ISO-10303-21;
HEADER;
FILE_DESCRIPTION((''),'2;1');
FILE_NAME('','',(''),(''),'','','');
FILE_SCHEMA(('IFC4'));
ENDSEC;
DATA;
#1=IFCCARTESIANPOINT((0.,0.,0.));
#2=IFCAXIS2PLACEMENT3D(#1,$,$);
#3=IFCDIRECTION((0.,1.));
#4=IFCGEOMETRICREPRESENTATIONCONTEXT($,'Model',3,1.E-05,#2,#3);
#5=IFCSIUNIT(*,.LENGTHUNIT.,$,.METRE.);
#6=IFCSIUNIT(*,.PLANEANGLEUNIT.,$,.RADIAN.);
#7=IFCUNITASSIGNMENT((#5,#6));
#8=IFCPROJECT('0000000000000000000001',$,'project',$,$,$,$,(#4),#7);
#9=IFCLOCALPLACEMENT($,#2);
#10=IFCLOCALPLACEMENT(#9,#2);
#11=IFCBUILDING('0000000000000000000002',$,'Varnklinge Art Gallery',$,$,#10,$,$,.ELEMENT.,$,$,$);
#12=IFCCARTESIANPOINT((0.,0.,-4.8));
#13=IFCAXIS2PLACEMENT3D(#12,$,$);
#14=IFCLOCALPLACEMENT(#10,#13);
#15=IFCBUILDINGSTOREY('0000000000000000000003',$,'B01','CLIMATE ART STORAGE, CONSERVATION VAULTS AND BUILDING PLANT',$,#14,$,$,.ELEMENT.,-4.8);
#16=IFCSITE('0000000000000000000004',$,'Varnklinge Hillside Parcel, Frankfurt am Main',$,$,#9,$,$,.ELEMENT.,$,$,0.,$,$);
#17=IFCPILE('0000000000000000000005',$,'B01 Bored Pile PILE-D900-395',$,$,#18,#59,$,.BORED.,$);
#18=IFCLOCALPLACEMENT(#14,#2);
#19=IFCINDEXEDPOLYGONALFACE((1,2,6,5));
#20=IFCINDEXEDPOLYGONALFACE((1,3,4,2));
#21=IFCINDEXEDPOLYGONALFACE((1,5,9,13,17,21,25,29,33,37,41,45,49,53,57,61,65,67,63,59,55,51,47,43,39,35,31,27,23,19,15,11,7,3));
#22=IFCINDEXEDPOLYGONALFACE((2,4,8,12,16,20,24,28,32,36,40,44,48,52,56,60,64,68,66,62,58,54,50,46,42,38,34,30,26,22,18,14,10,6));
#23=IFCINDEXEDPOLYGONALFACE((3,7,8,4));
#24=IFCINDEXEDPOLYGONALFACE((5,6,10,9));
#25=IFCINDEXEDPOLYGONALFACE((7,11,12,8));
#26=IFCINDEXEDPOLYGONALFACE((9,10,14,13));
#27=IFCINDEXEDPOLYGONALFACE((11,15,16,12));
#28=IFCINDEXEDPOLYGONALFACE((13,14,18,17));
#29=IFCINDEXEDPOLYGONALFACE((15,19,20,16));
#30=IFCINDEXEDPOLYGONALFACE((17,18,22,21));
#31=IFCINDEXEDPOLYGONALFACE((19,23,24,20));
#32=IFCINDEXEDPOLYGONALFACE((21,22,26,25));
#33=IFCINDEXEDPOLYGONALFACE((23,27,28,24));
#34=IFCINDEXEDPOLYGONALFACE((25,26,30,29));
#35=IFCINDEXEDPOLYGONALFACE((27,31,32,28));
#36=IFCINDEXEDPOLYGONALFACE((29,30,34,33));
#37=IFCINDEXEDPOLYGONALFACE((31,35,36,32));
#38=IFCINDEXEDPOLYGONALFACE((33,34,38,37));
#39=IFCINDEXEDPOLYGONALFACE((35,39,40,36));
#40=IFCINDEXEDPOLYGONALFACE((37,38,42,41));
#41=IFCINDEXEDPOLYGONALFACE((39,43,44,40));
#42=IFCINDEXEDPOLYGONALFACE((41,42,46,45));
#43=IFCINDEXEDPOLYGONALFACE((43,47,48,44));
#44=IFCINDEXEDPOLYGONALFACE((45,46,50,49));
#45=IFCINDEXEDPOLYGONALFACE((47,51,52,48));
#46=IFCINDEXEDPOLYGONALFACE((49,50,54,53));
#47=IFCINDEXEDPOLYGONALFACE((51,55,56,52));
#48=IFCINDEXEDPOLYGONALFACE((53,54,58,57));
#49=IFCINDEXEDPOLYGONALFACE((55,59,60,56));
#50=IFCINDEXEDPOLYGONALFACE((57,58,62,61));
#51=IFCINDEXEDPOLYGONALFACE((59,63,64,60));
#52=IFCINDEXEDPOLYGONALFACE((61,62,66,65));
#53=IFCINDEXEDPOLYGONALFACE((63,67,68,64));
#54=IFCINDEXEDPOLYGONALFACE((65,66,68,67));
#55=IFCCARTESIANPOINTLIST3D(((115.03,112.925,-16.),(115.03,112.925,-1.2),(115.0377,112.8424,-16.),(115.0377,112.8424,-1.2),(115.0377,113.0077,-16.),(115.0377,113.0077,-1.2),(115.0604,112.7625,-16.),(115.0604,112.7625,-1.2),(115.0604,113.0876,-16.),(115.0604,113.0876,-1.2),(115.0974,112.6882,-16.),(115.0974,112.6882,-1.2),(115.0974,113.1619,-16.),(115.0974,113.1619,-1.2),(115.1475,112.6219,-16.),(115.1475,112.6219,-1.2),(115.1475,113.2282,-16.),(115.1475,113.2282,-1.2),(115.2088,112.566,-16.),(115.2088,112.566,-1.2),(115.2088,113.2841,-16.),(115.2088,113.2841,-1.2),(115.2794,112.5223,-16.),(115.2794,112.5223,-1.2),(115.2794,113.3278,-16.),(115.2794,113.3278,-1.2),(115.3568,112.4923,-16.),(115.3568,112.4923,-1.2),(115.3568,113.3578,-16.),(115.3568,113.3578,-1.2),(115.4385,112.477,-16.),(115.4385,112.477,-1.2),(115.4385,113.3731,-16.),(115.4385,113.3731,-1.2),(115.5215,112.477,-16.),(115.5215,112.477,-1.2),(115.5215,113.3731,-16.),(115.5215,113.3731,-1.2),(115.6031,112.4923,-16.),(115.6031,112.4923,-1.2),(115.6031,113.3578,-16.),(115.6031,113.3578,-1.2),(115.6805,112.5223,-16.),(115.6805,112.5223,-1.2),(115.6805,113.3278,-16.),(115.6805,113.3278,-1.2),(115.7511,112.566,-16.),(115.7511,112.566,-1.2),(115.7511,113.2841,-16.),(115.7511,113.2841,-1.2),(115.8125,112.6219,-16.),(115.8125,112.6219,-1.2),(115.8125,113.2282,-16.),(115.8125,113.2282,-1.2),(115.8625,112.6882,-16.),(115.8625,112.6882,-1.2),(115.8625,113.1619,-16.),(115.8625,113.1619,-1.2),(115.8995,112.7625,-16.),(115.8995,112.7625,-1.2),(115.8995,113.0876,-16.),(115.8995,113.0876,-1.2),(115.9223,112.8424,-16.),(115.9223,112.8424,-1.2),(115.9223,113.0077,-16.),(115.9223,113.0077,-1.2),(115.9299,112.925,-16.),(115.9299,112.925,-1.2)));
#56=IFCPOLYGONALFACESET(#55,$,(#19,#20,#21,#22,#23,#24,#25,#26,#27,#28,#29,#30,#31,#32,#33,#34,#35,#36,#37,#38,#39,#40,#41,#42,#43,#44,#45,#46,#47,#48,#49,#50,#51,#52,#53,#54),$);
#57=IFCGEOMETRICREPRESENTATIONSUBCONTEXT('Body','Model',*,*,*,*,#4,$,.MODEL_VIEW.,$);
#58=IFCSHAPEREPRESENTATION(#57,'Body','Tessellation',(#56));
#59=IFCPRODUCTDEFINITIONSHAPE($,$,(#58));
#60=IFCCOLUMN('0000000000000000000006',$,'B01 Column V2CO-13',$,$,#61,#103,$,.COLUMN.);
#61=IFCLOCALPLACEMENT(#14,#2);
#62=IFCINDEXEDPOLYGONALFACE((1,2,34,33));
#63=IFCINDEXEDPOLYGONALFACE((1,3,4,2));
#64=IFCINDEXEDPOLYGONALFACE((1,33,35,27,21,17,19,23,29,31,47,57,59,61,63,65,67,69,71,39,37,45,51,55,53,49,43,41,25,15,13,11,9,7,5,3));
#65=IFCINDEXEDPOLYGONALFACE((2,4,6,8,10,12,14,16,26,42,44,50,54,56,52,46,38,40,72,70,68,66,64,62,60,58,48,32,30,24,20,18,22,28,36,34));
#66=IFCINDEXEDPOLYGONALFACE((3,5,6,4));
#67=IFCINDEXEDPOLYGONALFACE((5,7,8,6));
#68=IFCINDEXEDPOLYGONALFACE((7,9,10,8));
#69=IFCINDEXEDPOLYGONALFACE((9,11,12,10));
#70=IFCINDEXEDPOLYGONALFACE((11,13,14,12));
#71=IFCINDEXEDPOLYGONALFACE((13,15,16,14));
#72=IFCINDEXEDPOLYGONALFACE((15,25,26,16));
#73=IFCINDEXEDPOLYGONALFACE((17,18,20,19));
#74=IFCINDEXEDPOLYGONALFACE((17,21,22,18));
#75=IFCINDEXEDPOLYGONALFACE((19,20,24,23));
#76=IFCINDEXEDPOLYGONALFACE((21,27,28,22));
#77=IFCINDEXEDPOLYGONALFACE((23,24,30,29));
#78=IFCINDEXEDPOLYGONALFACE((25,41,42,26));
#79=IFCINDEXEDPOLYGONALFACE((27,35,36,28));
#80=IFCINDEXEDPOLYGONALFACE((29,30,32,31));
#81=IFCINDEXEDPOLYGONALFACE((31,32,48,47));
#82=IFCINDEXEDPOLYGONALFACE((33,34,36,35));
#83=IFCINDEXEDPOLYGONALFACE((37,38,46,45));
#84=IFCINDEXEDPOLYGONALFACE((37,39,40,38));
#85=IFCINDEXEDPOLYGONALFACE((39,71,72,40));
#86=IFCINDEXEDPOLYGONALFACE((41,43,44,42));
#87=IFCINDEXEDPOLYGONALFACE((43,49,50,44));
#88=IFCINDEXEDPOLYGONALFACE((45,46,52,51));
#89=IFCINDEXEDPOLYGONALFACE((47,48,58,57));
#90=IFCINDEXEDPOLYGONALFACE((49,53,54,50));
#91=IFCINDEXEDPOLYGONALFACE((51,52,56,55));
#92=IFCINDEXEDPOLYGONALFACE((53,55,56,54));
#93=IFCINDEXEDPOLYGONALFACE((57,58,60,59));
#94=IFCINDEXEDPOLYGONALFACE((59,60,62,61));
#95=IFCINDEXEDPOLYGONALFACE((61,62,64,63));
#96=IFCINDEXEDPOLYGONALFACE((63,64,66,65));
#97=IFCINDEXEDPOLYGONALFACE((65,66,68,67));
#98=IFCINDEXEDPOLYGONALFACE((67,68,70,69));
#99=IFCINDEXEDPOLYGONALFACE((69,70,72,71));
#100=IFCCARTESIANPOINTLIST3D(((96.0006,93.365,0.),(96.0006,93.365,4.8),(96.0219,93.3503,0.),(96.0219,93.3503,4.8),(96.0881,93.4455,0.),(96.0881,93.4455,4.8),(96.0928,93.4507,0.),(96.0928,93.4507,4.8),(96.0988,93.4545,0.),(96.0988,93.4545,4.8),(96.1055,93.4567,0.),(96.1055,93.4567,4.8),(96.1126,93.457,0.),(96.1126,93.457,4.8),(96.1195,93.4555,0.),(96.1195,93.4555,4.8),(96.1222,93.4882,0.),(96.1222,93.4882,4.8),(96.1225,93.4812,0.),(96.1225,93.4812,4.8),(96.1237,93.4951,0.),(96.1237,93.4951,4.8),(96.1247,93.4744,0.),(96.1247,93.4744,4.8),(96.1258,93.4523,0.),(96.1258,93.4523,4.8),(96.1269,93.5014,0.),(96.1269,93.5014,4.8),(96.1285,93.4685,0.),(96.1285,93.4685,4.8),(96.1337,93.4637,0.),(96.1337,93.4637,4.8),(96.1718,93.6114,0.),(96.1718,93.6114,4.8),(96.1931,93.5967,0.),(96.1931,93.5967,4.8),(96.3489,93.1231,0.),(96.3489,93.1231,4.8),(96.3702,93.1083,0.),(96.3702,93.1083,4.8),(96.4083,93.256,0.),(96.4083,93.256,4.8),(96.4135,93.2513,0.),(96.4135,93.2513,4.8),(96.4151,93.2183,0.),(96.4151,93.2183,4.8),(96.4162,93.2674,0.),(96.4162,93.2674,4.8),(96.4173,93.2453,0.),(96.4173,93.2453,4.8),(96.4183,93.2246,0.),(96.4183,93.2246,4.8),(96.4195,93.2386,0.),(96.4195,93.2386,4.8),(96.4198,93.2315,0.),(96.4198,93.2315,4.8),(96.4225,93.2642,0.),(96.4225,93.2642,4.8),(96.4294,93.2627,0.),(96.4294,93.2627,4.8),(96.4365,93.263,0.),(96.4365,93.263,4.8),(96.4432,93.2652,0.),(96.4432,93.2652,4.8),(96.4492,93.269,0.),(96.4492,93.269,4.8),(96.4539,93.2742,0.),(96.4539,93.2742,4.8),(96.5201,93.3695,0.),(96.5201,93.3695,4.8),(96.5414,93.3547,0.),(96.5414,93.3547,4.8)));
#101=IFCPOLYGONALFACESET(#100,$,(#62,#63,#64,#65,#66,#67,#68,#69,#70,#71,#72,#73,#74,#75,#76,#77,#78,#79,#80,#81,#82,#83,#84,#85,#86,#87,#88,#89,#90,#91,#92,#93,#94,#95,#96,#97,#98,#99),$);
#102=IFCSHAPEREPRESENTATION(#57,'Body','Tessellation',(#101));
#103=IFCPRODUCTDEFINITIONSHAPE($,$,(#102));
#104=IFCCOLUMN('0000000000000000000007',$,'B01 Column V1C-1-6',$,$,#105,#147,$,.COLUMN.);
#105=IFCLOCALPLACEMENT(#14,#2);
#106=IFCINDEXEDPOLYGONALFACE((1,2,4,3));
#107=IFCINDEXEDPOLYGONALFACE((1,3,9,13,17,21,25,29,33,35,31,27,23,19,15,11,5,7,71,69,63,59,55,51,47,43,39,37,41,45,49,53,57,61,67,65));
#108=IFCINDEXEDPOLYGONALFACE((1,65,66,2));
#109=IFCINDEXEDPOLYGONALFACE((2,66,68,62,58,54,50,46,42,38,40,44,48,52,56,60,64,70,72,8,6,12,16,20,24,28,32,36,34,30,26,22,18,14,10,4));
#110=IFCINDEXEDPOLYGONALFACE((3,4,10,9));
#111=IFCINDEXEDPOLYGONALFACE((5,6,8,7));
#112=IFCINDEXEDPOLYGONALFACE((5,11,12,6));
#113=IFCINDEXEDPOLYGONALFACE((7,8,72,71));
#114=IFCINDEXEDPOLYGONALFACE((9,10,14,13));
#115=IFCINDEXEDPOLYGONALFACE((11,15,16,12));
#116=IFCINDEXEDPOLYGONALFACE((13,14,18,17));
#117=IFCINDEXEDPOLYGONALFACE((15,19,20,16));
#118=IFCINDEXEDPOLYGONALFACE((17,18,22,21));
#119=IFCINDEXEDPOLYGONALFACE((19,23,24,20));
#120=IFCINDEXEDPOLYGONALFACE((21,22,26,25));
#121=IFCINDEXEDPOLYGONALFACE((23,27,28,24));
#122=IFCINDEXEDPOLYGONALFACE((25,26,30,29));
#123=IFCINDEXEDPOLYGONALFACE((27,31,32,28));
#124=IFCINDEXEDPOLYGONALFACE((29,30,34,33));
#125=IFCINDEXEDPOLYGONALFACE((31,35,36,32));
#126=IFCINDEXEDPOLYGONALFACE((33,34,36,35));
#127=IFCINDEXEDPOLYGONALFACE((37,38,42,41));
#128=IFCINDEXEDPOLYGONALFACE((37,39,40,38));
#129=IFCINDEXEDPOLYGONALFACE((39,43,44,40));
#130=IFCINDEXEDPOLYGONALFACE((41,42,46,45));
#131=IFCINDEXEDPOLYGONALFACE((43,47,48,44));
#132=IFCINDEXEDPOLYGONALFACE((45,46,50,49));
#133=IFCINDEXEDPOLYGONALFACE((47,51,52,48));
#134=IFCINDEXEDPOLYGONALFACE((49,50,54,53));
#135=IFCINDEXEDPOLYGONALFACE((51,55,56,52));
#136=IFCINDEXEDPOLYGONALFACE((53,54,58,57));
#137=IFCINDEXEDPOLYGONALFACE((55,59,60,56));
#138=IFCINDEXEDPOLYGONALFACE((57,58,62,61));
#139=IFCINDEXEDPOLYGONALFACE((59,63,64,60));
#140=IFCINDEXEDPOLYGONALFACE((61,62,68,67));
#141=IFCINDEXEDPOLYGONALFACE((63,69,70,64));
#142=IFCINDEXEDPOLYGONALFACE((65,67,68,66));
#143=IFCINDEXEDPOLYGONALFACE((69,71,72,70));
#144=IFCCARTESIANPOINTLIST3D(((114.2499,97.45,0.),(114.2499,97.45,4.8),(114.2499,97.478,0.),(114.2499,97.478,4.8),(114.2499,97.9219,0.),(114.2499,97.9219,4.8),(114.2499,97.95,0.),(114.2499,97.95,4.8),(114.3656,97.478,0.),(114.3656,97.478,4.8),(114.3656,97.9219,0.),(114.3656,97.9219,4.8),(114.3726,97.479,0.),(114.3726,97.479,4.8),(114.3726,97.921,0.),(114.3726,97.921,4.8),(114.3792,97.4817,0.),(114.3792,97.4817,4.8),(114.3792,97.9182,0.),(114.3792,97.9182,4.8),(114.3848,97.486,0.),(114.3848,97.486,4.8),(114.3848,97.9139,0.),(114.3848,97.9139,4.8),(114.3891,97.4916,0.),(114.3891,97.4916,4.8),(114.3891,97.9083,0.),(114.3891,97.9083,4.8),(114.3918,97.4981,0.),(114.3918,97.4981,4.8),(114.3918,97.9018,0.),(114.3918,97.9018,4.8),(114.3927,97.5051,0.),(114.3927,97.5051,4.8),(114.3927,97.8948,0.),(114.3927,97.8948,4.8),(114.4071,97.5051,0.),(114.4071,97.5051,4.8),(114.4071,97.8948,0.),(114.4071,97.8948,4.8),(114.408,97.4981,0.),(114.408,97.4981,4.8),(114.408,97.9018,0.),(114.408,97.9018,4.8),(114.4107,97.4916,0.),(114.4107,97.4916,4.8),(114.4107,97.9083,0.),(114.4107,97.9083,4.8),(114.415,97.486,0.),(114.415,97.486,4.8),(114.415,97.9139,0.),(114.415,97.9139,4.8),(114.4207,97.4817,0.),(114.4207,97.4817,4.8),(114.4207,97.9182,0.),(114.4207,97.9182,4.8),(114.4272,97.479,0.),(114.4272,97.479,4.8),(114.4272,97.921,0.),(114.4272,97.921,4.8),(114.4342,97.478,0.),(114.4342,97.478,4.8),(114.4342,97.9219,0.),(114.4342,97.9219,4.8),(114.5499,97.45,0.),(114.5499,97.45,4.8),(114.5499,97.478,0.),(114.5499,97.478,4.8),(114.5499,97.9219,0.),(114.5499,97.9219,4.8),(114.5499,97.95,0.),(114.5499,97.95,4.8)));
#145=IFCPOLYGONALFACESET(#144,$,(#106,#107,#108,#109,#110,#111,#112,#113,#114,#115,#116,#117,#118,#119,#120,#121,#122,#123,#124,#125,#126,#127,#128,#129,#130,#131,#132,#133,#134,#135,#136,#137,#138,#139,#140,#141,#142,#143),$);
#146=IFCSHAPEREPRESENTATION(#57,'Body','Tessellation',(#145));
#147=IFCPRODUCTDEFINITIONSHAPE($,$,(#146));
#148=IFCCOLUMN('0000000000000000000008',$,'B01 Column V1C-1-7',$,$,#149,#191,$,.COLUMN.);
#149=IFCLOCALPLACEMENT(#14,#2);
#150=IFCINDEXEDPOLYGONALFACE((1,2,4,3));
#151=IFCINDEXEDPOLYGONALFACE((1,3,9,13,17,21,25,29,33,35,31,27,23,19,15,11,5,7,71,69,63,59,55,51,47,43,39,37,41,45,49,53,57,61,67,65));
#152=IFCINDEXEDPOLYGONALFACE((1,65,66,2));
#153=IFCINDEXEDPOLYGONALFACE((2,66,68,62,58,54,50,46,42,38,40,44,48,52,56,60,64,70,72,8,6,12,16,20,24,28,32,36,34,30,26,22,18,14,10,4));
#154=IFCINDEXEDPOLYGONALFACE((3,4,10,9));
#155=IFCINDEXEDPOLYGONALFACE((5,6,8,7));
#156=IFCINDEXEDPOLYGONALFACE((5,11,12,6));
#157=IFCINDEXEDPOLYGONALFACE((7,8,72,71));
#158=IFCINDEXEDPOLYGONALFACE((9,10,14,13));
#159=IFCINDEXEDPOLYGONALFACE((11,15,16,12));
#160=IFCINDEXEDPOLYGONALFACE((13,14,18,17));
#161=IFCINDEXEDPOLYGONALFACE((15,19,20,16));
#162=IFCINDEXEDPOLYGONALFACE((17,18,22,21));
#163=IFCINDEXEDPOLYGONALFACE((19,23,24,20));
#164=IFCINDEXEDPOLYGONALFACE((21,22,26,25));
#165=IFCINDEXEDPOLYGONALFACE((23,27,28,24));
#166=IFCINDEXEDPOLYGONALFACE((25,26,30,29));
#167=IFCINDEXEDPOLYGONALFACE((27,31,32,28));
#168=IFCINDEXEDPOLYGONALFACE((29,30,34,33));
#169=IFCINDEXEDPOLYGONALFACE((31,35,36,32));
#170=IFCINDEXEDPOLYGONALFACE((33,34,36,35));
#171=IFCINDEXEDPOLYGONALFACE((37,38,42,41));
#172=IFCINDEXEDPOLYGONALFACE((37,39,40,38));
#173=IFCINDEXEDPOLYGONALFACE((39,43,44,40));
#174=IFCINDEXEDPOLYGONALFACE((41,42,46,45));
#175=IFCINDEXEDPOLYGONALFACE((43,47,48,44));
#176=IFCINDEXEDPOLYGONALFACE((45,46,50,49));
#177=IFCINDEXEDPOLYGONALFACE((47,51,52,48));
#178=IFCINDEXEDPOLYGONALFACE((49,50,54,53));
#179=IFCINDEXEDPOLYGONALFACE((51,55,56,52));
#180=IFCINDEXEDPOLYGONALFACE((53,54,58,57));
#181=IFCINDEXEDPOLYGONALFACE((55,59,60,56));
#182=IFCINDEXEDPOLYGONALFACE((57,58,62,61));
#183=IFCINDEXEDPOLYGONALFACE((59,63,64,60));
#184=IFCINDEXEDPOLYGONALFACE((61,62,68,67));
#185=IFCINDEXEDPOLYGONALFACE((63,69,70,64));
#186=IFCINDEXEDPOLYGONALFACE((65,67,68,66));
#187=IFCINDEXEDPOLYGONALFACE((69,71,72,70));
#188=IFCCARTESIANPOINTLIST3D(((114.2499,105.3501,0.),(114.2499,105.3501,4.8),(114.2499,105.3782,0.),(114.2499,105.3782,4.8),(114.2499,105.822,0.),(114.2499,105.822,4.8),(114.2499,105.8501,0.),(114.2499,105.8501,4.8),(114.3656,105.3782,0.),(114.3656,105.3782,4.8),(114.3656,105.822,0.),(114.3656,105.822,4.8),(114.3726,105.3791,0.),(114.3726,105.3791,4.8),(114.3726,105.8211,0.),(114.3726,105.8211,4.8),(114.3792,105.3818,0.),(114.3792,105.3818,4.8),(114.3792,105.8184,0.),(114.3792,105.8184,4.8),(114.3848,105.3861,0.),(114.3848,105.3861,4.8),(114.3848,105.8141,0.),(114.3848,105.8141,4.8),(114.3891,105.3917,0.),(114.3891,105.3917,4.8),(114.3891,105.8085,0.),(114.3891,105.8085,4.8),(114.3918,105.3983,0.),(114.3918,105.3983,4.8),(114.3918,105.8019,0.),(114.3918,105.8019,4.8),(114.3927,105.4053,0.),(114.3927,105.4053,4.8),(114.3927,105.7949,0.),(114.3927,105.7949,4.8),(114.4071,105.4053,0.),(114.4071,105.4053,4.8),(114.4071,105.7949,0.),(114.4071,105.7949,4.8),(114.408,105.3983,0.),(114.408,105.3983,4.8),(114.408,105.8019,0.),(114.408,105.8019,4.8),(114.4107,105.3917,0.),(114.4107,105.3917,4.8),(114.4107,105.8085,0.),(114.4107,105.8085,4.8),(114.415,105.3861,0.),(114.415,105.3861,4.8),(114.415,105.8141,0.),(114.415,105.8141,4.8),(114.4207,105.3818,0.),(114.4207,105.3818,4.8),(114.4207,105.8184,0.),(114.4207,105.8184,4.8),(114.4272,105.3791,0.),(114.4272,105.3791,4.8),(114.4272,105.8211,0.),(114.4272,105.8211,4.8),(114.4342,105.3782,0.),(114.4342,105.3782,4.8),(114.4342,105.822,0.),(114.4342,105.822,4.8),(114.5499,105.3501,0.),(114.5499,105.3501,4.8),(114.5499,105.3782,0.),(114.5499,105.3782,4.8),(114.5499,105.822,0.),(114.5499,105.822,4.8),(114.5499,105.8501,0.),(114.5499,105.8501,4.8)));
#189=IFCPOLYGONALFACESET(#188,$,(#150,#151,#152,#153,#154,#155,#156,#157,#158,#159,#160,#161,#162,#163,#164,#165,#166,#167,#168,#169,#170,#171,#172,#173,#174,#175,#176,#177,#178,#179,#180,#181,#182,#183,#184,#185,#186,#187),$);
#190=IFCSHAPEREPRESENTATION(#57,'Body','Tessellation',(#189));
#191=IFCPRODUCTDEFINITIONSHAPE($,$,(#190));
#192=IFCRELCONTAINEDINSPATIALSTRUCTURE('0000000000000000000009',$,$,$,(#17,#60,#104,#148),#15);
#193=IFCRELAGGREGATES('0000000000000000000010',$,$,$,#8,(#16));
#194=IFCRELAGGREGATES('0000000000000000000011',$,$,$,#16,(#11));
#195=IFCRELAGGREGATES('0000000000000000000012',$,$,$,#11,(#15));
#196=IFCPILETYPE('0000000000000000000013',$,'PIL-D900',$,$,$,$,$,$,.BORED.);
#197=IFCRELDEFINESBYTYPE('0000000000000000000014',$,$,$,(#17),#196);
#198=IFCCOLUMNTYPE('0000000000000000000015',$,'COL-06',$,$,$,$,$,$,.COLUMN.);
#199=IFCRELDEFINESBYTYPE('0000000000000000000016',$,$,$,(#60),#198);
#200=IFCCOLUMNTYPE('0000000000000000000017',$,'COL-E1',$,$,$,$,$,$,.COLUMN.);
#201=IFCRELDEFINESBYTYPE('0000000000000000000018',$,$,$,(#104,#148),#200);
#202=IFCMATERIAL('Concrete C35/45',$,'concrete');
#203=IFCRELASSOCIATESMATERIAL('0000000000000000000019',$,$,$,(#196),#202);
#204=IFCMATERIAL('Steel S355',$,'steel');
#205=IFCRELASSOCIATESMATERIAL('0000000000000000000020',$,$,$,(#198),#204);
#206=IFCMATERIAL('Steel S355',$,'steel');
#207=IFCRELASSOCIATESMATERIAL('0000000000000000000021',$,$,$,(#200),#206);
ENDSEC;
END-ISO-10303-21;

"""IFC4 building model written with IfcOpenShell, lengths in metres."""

from ifc_helpers import new_model, si_unit, direction, frame, origin, origin_2d, place, context, subcontext, project, spatial, circle, i_section, extrude, material, material_profile, profile_set, type_object, element, save


model = new_model("IFC4")

# Units and contexts
model_context = context("Model", 3, precision=1e-05, world=origin(), true_north=direction((0.0, 1.0)))
body_context = subcontext(model_context, "Body", "Model", "MODEL_VIEW")
ifc_project = project(units=[si_unit("LENGTHUNIT", "METRE"), si_unit("PLANEANGLEUNIT", "RADIAN")], contexts=[model_context])

# Site, building, storey
site_placement = place(None, origin())
site = spatial("IfcSite", under=ifc_project, at=site_placement, Name="Varnklinge Hillside Parcel, Frankfurt am Main", CompositionType="ELEMENT", RefElevation=0.0)
building_placement = place(site_placement, origin())
building = spatial("IfcBuilding", under=site, at=building_placement, Name="Varnklinge Art Gallery", CompositionType="ELEMENT")
storey_placement = place(building_placement, frame((0.0, 0.0, -4.8)))
storey = spatial("IfcBuildingStorey", under=building, at=storey_placement, Name="B01", Description="CLIMATE ART STORAGE, CONSERVATION VAULTS AND BUILDING PLANT", CompositionType="ELEMENT", Elevation=-4.8)

# Pile
ifc_material_1 = material(Name="Concrete C35/45", Category="concrete")
ifc_material_profile_1 = material_profile(ifc_material_1, circle(Radius=0.45, at=origin_2d()), Name="PILE D900")
ifc_profile_set_1 = profile_set([ifc_material_profile_1], Name="Concrete C35/45")
pile_type_1 = type_object("IfcPileType", Name="PIL-D900", PredefinedType="BORED", material=ifc_profile_set_1)
for number, where, z_axis, x_axis, name in (
    (1, (115.48, 112.925, -1.2), (0.0, 0.0, -1.0), (1.0, 0.0, 0.0), "B01 Bored Pile PILE-D900-395"),
):
    element("IfcPile", number, at=place(storey_placement, frame(where, z_axis=z_axis, x_axis=x_axis)), inside=storey, type_object=pile_type_1, Name=name, PredefinedType="BORED", context=body_context, shape_type="SweptSolid", body=[
        extrude(circle(Radius=0.45, at=origin_2d()), origin(), (0.0, 0.0, 1.0), 14.8),
    ])

# Columns
ifc_material_2 = material(Name="Steel S355", Category="steel")
ifc_material_profile_2 = material_profile(ifc_material_2, i_section(OverallWidth=0.3, OverallDepth=0.45, WebThickness=0.0139, FlangeThickness=0.0259, FilletRadius=0.0271, at=origin_2d()), Name="HEB 450")
ifc_profile_set_2 = profile_set([ifc_material_profile_2], Name="Steel S355")
column_type_1 = type_object("IfcColumnType", Name="COL-06", PredefinedType="COLUMN", material=ifc_profile_set_2)
column_placement = place(storey_placement, frame((96.271, 93.3599, 0.0), z_axis=(0.0, 0.0, 1.0), x_axis=(-0.57057, -0.821249, 0.0)))
element("IfcColumn", 2, at=column_placement, inside=storey, type_object=column_type_1, Name="B01 Column V2CO-13", PredefinedType="COLUMN", context=body_context, shape_type="SweptSolid", body=[
    extrude(i_section(OverallWidth=0.3, OverallDepth=0.45, WebThickness=0.0139, FlangeThickness=0.0259, FilletRadius=0.0271, at=origin_2d()), origin(), (0.0, 0.0, 1.0), 4.8),
])
ifc_material_3 = material(Name="Steel S355", Category="steel")
ifc_material_profile_3 = material_profile(ifc_material_3, i_section(OverallWidth=0.3, OverallDepth=0.5, WebThickness=0.0144, FlangeThickness=0.0281, FilletRadius=0.0271, at=origin_2d()), Name="HEB 500")
ifc_profile_set_3 = profile_set([ifc_material_profile_3], Name="Steel S355")
column_type_2 = type_object("IfcColumnType", Name="COL-E1", PredefinedType="COLUMN", material=ifc_profile_set_3)
for number, where, z_axis, x_axis, name in (
    (3, (114.3999, 97.7, 0.0), (0.0, 0.0, 1.0), (1.0, 0.0, 0.0), "B01 Column V1C-1-6"),
    (4, (114.3999, 105.6001, 0.0), (0.0, 0.0, 1.0), (1.0, 0.0, 0.0), "B01 Column V1C-1-7"),
):
    element("IfcColumn", number, at=place(storey_placement, frame(where, z_axis=z_axis, x_axis=x_axis)), inside=storey, type_object=column_type_2, Name=name, PredefinedType="COLUMN", context=body_context, shape_type="SweptSolid", body=[
        extrude(i_section(OverallWidth=0.3, OverallDepth=0.5, WebThickness=0.0144, FlangeThickness=0.0281, FilletRadius=0.0271, at=origin_2d()), origin(), (0.0, 0.0, 1.0), 4.8),
    ])

save(model, "model.ifc")
